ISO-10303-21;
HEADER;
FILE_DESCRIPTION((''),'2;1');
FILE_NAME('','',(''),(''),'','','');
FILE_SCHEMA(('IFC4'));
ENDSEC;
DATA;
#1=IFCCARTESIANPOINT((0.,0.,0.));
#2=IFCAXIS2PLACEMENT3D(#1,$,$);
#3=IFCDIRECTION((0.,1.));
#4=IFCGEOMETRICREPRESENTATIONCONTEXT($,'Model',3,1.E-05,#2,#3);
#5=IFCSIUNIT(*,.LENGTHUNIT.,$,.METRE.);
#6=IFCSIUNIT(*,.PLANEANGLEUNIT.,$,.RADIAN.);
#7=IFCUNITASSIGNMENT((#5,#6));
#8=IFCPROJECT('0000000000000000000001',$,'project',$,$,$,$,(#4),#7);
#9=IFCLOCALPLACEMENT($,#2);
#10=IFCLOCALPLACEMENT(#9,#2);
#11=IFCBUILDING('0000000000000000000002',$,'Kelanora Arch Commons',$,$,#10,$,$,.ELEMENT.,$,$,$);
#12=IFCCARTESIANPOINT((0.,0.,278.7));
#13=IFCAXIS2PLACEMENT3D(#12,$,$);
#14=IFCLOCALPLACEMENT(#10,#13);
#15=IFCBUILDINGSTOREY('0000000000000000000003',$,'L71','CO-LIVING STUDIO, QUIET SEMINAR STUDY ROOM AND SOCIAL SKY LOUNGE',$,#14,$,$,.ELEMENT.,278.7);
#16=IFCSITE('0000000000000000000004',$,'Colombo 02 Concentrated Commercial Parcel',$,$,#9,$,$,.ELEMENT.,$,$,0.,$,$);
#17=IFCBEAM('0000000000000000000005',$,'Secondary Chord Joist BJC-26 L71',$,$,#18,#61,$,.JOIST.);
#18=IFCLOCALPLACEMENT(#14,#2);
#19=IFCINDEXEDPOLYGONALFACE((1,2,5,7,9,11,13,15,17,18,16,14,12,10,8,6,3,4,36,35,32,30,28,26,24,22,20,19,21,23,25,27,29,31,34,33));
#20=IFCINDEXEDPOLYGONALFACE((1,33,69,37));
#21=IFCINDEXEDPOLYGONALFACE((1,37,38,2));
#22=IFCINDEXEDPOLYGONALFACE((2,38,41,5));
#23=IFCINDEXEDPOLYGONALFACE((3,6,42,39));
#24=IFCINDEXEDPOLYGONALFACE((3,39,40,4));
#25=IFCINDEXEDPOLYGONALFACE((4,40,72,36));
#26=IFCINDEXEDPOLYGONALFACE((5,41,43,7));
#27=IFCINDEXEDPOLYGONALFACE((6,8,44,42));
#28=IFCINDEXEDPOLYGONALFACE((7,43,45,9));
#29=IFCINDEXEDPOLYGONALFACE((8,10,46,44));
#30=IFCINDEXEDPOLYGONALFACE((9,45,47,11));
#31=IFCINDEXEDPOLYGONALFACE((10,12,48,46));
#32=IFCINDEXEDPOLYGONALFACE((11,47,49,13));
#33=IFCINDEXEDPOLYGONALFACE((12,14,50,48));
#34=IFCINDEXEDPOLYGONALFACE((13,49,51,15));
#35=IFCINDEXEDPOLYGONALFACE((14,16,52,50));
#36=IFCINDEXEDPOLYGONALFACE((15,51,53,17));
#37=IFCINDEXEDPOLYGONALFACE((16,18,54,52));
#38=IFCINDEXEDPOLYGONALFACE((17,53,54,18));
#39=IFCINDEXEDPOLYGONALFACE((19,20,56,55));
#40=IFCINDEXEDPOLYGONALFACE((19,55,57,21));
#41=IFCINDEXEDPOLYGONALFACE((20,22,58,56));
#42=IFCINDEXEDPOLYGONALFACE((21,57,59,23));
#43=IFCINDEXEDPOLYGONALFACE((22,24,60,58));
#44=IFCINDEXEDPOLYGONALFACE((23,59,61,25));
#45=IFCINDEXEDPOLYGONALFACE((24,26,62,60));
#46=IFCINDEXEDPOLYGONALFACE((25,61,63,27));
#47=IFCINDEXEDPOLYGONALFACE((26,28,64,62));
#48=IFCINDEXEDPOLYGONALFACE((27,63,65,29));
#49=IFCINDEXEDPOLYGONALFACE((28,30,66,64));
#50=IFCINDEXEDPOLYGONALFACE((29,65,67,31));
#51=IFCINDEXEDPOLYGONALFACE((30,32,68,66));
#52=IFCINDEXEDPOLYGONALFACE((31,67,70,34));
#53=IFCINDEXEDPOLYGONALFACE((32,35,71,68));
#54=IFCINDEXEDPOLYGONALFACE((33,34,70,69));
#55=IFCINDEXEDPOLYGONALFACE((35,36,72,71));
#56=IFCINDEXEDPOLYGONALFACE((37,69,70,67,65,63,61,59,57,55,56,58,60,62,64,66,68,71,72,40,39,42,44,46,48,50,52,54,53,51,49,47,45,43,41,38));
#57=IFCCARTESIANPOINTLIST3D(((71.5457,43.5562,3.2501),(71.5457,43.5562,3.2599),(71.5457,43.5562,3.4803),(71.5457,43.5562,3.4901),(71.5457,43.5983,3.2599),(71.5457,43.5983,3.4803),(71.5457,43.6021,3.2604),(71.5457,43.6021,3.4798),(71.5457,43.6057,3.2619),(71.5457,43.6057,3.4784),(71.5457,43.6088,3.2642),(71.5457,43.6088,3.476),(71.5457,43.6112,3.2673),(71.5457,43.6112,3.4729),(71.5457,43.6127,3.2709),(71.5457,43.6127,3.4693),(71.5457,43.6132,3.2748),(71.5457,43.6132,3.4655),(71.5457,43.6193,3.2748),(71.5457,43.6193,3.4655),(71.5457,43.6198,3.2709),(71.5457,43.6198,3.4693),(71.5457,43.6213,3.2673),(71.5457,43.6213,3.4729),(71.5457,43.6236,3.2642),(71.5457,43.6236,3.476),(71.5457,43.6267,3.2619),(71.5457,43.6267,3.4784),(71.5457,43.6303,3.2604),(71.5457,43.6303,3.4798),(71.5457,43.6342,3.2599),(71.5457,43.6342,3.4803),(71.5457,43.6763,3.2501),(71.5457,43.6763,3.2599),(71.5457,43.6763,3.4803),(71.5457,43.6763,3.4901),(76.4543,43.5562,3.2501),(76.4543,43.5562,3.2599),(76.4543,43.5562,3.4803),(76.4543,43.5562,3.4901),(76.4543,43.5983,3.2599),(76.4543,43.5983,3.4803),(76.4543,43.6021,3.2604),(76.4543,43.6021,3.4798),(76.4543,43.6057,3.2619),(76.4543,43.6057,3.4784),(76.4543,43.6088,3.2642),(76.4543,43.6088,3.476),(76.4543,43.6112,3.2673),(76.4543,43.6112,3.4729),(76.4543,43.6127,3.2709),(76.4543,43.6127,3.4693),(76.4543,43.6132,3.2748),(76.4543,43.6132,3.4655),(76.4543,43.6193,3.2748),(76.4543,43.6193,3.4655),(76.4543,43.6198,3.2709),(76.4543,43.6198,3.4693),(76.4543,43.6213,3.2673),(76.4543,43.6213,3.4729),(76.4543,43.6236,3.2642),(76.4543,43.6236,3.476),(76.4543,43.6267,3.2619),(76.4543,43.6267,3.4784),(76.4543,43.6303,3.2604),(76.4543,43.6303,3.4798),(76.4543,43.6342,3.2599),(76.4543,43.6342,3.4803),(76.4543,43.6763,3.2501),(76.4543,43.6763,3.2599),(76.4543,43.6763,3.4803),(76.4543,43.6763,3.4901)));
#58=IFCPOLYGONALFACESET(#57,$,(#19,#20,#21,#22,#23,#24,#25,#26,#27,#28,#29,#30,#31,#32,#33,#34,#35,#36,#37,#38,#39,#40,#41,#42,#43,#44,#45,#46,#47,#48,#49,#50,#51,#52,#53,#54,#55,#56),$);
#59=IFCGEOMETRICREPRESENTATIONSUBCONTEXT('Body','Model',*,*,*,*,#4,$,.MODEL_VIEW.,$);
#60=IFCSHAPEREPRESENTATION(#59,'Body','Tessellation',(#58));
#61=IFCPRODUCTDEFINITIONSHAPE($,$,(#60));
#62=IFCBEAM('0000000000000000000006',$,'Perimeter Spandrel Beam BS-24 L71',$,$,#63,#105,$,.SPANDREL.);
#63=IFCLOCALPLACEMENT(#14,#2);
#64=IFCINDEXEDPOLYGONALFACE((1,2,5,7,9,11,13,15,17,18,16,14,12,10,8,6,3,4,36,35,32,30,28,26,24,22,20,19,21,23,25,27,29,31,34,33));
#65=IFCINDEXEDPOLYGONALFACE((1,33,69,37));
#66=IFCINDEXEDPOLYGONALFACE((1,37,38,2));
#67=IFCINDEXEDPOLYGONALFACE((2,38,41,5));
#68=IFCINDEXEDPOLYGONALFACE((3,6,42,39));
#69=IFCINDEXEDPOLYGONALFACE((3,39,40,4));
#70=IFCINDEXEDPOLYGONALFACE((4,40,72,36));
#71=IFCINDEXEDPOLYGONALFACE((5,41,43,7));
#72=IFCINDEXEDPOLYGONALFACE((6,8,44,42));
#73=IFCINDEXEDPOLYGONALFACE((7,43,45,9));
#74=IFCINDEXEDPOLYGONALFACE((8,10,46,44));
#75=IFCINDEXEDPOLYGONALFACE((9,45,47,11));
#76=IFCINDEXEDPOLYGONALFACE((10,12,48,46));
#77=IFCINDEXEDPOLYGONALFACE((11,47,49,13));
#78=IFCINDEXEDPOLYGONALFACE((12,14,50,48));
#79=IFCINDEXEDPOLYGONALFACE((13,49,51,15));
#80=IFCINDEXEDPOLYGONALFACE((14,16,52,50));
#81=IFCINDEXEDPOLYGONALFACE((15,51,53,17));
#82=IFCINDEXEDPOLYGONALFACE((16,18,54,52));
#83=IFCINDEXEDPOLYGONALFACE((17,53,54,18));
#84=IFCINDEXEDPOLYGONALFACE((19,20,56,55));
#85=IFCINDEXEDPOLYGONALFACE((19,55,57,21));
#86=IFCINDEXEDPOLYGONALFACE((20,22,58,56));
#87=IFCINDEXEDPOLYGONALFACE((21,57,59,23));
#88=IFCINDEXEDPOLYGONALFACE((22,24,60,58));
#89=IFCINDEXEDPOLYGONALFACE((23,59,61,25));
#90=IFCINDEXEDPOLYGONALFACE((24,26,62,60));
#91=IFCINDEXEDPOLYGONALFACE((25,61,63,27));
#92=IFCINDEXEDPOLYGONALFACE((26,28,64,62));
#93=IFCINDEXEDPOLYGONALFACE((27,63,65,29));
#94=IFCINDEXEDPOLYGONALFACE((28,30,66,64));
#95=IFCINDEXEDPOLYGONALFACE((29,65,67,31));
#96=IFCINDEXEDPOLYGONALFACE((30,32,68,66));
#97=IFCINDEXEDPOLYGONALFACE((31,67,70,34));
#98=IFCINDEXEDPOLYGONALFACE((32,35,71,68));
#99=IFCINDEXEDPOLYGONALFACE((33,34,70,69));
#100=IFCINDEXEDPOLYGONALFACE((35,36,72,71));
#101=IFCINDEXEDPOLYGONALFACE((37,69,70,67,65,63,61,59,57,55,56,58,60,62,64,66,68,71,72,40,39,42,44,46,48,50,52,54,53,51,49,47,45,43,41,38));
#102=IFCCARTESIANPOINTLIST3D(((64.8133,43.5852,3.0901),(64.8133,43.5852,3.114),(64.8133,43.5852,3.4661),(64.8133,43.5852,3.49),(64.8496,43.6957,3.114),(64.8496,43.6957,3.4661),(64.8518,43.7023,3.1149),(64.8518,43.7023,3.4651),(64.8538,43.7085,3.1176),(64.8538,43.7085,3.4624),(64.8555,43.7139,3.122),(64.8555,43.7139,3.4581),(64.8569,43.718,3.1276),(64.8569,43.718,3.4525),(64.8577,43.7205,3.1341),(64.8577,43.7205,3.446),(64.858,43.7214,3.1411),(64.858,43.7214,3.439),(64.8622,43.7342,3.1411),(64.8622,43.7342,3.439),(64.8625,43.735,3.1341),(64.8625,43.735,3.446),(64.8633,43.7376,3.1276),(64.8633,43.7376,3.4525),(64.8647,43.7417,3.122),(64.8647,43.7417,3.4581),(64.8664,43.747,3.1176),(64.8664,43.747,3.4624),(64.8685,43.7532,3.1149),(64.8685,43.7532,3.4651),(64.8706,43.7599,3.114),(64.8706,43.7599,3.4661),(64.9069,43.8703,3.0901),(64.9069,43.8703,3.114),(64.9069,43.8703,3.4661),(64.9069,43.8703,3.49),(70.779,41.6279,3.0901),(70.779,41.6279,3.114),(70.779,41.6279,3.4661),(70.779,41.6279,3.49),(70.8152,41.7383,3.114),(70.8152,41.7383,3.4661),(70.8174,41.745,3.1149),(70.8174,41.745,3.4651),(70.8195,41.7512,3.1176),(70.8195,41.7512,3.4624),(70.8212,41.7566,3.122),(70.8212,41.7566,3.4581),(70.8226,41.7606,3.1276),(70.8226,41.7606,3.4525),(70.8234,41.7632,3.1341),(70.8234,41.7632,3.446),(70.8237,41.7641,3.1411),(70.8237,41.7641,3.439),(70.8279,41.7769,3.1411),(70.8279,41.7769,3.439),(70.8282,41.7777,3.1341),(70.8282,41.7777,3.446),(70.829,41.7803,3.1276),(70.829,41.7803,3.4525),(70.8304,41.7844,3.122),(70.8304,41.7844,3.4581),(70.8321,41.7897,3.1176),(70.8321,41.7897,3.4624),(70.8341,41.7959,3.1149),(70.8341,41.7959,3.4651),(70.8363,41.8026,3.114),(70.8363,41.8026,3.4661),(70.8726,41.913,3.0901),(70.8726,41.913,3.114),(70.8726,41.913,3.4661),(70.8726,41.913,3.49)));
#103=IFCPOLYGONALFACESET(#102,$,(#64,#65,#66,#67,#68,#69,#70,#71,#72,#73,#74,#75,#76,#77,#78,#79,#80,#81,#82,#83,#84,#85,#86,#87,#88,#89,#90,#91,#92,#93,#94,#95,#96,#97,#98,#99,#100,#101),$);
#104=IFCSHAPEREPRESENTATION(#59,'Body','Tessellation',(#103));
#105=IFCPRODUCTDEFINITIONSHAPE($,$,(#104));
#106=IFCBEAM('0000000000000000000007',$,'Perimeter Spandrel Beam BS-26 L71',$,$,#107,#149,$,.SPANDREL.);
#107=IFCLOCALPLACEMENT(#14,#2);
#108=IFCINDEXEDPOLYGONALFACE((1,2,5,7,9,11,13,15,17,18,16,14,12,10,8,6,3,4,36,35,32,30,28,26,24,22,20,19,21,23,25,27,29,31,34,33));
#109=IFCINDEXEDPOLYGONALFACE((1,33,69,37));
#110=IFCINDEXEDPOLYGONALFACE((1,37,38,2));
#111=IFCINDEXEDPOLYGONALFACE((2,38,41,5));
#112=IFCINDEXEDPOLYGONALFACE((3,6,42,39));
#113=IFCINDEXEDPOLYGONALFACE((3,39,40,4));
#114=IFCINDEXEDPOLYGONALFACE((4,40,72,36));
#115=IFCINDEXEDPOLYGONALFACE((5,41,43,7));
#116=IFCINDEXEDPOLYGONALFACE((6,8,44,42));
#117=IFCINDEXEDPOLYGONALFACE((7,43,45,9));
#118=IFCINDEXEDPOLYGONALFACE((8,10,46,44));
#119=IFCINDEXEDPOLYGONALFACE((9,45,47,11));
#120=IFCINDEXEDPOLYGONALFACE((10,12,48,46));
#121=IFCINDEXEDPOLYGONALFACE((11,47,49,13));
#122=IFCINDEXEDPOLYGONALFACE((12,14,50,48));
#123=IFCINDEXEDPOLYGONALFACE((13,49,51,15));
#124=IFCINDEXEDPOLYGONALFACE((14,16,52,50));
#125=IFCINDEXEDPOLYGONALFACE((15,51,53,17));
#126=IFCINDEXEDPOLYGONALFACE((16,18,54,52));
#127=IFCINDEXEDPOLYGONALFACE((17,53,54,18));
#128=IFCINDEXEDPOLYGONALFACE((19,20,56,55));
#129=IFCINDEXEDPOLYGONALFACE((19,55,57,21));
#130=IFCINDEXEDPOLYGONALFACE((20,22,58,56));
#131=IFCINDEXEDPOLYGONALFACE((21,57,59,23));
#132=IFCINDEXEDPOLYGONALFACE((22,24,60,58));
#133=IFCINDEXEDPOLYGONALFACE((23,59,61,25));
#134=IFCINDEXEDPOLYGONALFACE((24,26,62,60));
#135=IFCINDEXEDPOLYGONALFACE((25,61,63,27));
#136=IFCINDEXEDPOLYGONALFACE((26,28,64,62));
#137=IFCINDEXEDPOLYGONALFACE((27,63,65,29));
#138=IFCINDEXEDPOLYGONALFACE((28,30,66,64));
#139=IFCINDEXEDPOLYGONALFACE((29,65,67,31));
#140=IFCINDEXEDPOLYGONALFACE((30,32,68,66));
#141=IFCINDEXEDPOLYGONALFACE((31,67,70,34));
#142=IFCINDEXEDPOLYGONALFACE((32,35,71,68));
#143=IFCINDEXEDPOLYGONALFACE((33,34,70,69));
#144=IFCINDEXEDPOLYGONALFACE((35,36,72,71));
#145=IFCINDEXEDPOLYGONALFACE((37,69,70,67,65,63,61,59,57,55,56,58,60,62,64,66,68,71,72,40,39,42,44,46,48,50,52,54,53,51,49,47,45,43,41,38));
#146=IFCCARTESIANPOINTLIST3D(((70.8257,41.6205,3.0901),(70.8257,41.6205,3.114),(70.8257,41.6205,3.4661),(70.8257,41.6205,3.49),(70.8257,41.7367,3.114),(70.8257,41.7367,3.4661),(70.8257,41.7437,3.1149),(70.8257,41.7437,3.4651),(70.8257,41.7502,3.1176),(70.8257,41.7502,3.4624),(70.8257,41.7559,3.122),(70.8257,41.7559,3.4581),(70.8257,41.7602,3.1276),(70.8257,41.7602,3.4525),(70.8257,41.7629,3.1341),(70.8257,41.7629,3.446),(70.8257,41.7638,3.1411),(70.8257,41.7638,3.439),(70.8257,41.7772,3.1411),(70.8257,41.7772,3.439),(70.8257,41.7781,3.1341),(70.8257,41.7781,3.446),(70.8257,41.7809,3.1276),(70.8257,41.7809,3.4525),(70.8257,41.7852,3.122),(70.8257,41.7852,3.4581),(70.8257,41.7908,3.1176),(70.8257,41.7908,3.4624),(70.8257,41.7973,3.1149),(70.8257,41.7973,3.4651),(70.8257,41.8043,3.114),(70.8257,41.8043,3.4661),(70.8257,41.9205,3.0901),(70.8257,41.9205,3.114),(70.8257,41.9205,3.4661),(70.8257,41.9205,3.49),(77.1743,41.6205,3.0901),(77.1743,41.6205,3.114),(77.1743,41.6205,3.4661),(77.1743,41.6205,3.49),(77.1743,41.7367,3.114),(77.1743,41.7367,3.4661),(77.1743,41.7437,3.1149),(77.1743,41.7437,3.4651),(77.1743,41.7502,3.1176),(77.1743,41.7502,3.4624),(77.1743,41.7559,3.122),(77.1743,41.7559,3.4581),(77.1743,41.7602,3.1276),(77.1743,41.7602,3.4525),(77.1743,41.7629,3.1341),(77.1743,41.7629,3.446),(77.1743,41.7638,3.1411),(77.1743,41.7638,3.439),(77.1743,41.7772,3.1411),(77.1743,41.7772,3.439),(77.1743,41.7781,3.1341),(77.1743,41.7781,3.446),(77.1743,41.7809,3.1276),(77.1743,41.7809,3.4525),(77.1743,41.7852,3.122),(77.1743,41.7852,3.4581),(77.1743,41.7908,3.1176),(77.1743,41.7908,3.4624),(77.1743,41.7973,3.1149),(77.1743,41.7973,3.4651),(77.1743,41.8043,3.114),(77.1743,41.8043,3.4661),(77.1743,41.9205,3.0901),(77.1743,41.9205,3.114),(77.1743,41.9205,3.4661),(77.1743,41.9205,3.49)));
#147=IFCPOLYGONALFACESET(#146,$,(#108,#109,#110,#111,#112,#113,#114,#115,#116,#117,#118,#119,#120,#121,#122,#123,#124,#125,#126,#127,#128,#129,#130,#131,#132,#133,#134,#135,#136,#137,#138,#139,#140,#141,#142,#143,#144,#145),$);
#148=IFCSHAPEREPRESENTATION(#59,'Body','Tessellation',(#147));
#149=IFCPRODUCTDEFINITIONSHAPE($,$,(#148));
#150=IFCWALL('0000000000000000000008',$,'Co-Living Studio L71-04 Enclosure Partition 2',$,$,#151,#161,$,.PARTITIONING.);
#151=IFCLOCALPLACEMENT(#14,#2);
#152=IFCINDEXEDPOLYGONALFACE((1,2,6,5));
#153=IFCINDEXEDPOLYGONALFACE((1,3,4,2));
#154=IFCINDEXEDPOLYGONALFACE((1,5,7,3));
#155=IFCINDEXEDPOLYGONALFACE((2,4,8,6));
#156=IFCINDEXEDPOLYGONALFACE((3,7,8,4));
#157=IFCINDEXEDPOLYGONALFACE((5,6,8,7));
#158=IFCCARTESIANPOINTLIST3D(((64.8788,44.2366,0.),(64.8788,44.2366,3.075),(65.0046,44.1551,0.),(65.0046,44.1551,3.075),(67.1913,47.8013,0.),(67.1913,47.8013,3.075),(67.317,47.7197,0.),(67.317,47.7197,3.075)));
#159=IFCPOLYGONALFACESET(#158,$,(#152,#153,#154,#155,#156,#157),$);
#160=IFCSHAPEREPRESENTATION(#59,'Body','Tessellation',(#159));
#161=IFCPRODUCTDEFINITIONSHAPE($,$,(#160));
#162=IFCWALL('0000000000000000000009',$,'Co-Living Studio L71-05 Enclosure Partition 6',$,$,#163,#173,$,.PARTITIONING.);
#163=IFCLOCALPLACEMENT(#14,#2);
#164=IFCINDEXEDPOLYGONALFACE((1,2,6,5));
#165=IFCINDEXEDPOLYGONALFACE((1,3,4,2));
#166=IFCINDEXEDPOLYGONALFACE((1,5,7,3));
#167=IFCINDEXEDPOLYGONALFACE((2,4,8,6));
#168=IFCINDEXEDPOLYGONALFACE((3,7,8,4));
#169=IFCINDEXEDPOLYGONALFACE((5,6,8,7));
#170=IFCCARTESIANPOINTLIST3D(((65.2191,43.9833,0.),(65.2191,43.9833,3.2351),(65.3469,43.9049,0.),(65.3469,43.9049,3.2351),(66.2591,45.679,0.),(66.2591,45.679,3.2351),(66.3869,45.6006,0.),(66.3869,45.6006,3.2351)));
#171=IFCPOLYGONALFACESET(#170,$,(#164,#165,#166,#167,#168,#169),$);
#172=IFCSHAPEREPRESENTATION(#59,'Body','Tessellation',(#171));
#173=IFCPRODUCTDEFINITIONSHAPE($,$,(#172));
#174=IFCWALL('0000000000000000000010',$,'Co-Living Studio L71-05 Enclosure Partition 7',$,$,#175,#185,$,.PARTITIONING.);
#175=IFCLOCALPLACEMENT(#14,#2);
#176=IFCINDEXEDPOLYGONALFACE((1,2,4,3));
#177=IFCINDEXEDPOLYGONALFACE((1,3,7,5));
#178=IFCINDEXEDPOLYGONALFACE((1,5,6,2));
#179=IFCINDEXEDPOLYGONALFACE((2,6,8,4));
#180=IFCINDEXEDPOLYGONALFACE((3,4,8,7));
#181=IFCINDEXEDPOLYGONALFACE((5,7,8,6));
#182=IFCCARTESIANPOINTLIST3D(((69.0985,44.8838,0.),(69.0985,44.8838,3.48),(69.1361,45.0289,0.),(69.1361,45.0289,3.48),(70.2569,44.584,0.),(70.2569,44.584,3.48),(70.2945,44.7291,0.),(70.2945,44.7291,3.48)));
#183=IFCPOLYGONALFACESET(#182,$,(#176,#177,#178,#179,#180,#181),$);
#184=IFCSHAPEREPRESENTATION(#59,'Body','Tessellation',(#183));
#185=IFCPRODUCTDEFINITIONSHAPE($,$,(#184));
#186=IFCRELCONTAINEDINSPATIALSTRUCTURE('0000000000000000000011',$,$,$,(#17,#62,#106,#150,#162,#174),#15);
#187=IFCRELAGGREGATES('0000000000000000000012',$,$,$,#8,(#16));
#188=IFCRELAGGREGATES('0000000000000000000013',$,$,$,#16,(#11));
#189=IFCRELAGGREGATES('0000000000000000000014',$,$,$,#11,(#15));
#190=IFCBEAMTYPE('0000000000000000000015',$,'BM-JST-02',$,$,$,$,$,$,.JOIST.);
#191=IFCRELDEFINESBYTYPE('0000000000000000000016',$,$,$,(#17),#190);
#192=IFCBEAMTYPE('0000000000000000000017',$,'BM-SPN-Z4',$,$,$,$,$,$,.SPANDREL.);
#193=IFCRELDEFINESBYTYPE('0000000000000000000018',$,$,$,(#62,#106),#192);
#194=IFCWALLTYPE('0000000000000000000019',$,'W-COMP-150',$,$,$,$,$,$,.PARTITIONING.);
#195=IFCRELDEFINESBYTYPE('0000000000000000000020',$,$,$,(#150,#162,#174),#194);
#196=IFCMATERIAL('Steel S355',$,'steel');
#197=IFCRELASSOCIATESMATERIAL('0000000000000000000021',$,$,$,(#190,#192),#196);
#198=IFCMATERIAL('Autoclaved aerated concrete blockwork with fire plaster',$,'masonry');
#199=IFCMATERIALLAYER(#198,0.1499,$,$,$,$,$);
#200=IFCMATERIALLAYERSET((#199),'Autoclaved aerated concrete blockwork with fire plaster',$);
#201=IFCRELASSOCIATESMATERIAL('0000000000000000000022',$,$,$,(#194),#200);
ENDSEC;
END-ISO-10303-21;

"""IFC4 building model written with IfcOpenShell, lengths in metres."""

from ifc_helpers import new_model, si_unit, direction, frame, frame_2d, origin, origin_2d, place, context, subcontext, project, spatial, rectangle, i_section, extrude, material, layer, layer_set, material_profile, profile_set, type_object, element, save


model = new_model("IFC4")

# Units and contexts
model_context = context("Model", 3, precision=1e-05, world=origin(), true_north=direction((0.0, 1.0)))
body_context = subcontext(model_context, "Body", "Model", "MODEL_VIEW")
ifc_project = project(units=[si_unit("LENGTHUNIT", "METRE"), si_unit("PLANEANGLEUNIT", "RADIAN")], contexts=[model_context])

# Site, building, storey
site_placement = place(None, origin())
site = spatial("IfcSite", under=ifc_project, at=site_placement, Name="Colombo 02 Concentrated Commercial Parcel", CompositionType="ELEMENT", RefElevation=0.0)
building_placement = place(site_placement, origin())
building = spatial("IfcBuilding", under=site, at=building_placement, Name="Kelanora Arch Commons", CompositionType="ELEMENT")
storey_placement = place(building_placement, frame((0.0, 0.0, 278.7)))
storey = spatial("IfcBuildingStorey", under=building, at=storey_placement, Name="L71", Description="CO-LIVING STUDIO, QUIET SEMINAR STUDY ROOM AND SOCIAL SKY LOUNGE", CompositionType="ELEMENT", Elevation=278.7)

# Beams
ifc_material_1 = material(Name="Steel S355", Category="steel")
ifc_material_profile_1 = material_profile(ifc_material_1, i_section(OverallWidth=0.1201, OverallDepth=0.24, WebThickness=0.0061, FlangeThickness=0.0098, FilletRadius=0.0149, at=origin_2d()), Name="IPE240")
ifc_profile_set_1 = profile_set([ifc_material_profile_1], Name="Steel S355")
beam_type_1 = type_object("IfcBeamType", Name="BM-JST-02", PredefinedType="JOIST", material=ifc_profile_set_1)
beam_1_placement = place(storey_placement, frame((71.5457, 43.6162, 3.3701), z_axis=(1.0, 0.0, 0.0), x_axis=(0.0, 1.0, 0.0)))
element("IfcBeam", 1, at=beam_1_placement, inside=storey, type_object=beam_type_1, Name="Secondary Chord Joist BJC-26 L71", PredefinedType="JOIST", context=body_context, shape_type="SweptSolid", body=[
    extrude(i_section(OverallWidth=0.1201, OverallDepth=0.24, WebThickness=0.0061, FlangeThickness=0.0098, FilletRadius=0.0149, at=origin_2d()), origin(), (0.0, 0.0, 1.0), 4.9087),
])
ifc_material_profile_2 = material_profile(ifc_material_1, i_section(OverallWidth=0.3, OverallDepth=0.3999, WebThickness=0.0134, FlangeThickness=0.0239, FilletRadius=0.0271, at=origin_2d()), Name="HEB400")
ifc_profile_set_2 = profile_set([ifc_material_profile_2], Name="Steel S355")
beam_type_2 = type_object("IfcBeamType", Name="BM-SPN-Z4", PredefinedType="SPANDREL", material=ifc_profile_set_2)
beam_2_placement = place(storey_placement, frame((64.8601, 43.7278, 3.29), z_axis=(0.950166, -0.311745, 0.0), x_axis=(0.311745, 0.950166, 0.0)))
element("IfcBeam", 2, at=beam_2_placement, inside=storey, type_object=beam_type_2, Name="Perimeter Spandrel Beam BS-24 L71", PredefinedType="SPANDREL", context=body_context, shape_type="SweptSolid", body=[
    extrude(i_section(OverallWidth=0.3, OverallDepth=0.3999, WebThickness=0.0134, FlangeThickness=0.0239, FilletRadius=0.0271, at=origin_2d()), origin(), (0.0, 0.0, 1.0), 6.2786),
])
beam_3_placement = place(storey_placement, frame((70.8257, 41.7705, 3.29), z_axis=(1.0, 0.0, 0.0), x_axis=(0.0, 1.0, 0.0)))
element("IfcBeam", 3, at=beam_3_placement, inside=storey, type_object=beam_type_2, Name="Perimeter Spandrel Beam BS-26 L71", PredefinedType="SPANDREL", context=body_context, shape_type="SweptSolid", body=[
    extrude(i_section(OverallWidth=0.3, OverallDepth=0.3999, WebThickness=0.0134, FlangeThickness=0.0239, FilletRadius=0.0271, at=origin_2d()), origin(), (0.0, 0.0, 1.0), 6.3486),
])

# Walls
ifc_material_2 = material(Name="Autoclaved aerated concrete blockwork with fire plaster", Category="masonry")
ifc_layer_1 = layer(ifc_material_2, 0.1499)
ifc_layer_set_1 = layer_set([ifc_layer_1], Name="Autoclaved aerated concrete blockwork with fire plaster")
wall_type_1 = type_object("IfcWallType", Name="W-COMP-150", PredefinedType="PARTITIONING", material=ifc_layer_set_1)
wall_1_placement = place(storey_placement, frame((67.2542, 47.7605, 0.0), z_axis=(0.0, 0.0, 1.0), x_axis=(-0.544235, -0.838933, 0.0)))
element("IfcWall", 4, at=wall_1_placement, inside=storey, type_object=wall_type_1, Name="Co-Living Studio L71-04 Enclosure Partition 2", PredefinedType="PARTITIONING", context=body_context, shape_type="SweptSolid", body=[
    extrude(rectangle(XDim=4.249, YDim=0.1499, at=frame_2d((2.1245, 0.0))), origin(), (0.0, 0.0, 1.0), 3.075),
])
wall_2_placement = place(storey_placement, frame((65.283, 43.9441, 0.0), z_axis=(0.0, 0.0, 1.0), x_axis=(0.52281, 0.85245, 0.0)))
element("IfcWall", 5, at=wall_2_placement, inside=storey, type_object=wall_type_1, Name="Co-Living Studio L71-05 Enclosure Partition 6", PredefinedType="PARTITIONING", context=body_context, shape_type="SweptSolid", body=[
    extrude(rectangle(XDim=1.9893, YDim=0.1499, at=frame_2d((0.9946, 0.0))), origin(), (0.0, 0.0, 1.0), 3.2351),
])
wall_3_placement = place(storey_placement, frame((69.1174, 44.9563, 0.0), z_axis=(0.0, 0.0, 1.0), x_axis=(0.968105, -0.250544, 0.0)))
element("IfcWall", 6, at=wall_3_placement, inside=storey, type_object=wall_type_1, Name="Co-Living Studio L71-05 Enclosure Partition 7", PredefinedType="PARTITIONING", context=body_context, shape_type="SweptSolid", body=[
    extrude(rectangle(XDim=1.1965, YDim=0.1499, at=frame_2d((0.5981, 0.0))), origin(), (0.0, 0.0, 1.0), 3.48),
])

save(model, "model.ifc")
